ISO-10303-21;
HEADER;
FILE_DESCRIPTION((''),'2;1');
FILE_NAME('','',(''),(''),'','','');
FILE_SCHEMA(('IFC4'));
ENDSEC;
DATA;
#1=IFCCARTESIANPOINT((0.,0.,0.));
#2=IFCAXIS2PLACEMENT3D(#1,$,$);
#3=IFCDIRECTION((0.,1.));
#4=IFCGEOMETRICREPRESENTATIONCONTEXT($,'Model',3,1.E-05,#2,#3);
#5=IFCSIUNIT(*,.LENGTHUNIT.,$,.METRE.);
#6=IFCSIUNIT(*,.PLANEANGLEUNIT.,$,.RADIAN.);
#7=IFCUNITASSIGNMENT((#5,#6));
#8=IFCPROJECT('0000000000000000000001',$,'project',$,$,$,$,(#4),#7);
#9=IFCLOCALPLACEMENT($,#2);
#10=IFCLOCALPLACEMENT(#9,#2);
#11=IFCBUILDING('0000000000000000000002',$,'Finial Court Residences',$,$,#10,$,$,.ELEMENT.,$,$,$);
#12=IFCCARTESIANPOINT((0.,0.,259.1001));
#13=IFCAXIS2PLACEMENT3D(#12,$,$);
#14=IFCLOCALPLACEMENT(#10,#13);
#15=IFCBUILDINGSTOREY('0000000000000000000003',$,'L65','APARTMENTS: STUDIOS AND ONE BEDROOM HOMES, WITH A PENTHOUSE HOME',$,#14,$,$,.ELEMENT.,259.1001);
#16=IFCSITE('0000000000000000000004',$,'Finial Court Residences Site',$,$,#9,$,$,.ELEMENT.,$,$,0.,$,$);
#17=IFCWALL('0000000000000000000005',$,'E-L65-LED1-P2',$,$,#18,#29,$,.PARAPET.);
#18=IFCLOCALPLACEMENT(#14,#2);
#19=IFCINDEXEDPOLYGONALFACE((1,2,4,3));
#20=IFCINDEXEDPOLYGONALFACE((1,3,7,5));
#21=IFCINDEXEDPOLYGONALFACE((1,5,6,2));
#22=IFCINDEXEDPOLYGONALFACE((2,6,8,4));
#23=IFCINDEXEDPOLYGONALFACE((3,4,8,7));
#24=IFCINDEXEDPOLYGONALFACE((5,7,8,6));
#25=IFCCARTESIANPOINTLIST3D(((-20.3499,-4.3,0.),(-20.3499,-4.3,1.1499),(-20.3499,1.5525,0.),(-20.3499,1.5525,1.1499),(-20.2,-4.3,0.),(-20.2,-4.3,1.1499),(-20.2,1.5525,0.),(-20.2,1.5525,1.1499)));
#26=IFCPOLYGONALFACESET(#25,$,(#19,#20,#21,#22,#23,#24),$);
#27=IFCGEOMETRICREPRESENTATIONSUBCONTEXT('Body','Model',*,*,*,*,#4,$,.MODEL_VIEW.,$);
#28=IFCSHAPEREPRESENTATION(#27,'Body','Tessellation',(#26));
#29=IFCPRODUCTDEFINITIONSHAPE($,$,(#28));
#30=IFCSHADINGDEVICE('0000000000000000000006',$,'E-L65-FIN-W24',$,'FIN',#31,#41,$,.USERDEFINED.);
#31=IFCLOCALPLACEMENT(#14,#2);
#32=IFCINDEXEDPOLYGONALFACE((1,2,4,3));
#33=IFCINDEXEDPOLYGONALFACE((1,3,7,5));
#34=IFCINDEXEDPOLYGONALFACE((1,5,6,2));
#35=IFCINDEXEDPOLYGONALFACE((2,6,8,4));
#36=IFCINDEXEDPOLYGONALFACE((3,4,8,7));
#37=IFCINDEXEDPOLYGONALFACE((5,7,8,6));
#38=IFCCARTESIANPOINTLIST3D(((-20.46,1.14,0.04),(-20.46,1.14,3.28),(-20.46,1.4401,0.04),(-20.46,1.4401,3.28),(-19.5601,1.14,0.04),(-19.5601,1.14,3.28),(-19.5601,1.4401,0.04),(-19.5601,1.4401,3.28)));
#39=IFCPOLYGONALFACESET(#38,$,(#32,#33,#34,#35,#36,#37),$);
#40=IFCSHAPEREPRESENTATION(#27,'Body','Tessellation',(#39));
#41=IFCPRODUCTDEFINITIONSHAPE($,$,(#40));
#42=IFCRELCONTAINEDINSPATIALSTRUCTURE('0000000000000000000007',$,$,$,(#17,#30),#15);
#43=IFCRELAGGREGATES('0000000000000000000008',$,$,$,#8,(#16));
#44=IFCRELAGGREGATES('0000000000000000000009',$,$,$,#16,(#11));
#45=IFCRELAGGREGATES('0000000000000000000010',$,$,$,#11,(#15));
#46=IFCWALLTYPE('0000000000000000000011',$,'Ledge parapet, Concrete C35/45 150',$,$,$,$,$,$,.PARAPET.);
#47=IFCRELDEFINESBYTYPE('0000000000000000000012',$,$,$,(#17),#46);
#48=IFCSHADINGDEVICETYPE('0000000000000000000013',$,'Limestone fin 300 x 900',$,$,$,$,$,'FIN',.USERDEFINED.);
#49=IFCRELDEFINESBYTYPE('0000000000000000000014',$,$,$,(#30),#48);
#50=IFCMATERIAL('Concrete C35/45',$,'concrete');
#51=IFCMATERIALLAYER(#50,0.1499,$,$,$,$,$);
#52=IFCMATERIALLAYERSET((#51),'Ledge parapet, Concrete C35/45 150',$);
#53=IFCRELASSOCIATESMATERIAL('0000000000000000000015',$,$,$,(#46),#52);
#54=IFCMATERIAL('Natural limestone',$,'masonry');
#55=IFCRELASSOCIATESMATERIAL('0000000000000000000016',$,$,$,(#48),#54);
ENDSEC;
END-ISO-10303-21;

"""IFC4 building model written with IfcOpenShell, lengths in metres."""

from ifc_helpers import new_model, si_unit, direction, frame, frame_2d, origin, origin_2d, place, context, subcontext, project, spatial, rectangle, extrude, material, layer, layer_set, type_object, element, save


model = new_model("IFC4")

# Units and contexts
model_context = context("Model", 3, precision=1e-05, world=origin(), true_north=direction((0.0, 1.0)))
body_context = subcontext(model_context, "Body", "Model", "MODEL_VIEW")
ifc_project = project(units=[si_unit("LENGTHUNIT", "METRE"), si_unit("PLANEANGLEUNIT", "RADIAN")], contexts=[model_context])

# Site, building, storey
site_placement = place(None, origin())
site = spatial("IfcSite", under=ifc_project, at=site_placement, Name="Finial Court Residences Site", CompositionType="ELEMENT", RefElevation=0.0)
building_placement = place(site_placement, origin())
building = spatial("IfcBuilding", under=site, at=building_placement, Name="Finial Court Residences", CompositionType="ELEMENT")
storey_placement = place(building_placement, frame((0.0, 0.0, 259.1001)))
storey = spatial("IfcBuildingStorey", under=building, at=storey_placement, Name="L65", Description="APARTMENTS: STUDIOS AND ONE BEDROOM HOMES, WITH A PENTHOUSE HOME", CompositionType="ELEMENT", Elevation=259.1001)

# Wall
ifc_material_1 = material(Name="Concrete C35/45", Category="concrete")
ifc_layer_1 = layer(ifc_material_1, 0.1499)
ifc_layer_set_1 = layer_set([ifc_layer_1], Name="Ledge parapet, Concrete C35/45 150")
wall_type_1 = type_object("IfcWallType", Name="Ledge parapet, Concrete C35/45 150", PredefinedType="PARAPET", material=ifc_layer_set_1)
wall_1_placement = place(storey_placement, frame((-20.2749, -4.3, 0.0), z_axis=(0.0, 0.0, 1.0), x_axis=(0.0, 1.0, 0.0)))
element("IfcWall", 1, at=wall_1_placement, inside=storey, type_object=wall_type_1, Name="E-L65-LED1-P2", PredefinedType="PARAPET", context=body_context, shape_type="SweptSolid", body=[
    extrude(rectangle(XDim=5.8525, YDim=0.1499, at=frame_2d((2.9263, 0.0))), origin(), (0.0, 0.0, 1.0), 1.1499),
])

# Shading device
ifc_material_2 = material(Name="Natural limestone", Category="masonry")
shading_device_type = type_object("IfcShadingDeviceType", Name="Limestone fin 300 x 900", ElementType="FIN", PredefinedType="USERDEFINED", material=ifc_material_2)
shading_device_placement = place(storey_placement, frame((-20.01, 1.29, 0.04), z_axis=(0.0, 0.0, 1.0), x_axis=(1.0, 0.0, 0.0)))
element("IfcShadingDevice", 2, at=shading_device_placement, inside=storey, type_object=shading_device_type, Name="E-L65-FIN-W24", ObjectType="FIN", PredefinedType="USERDEFINED", context=body_context, shape_type="SweptSolid", body=[
    extrude(rectangle(XDim=0.8999, YDim=0.3, at=origin_2d()), origin(), (0.0, 0.0, 1.0), 3.24),
])

save(model, "model.ifc")
